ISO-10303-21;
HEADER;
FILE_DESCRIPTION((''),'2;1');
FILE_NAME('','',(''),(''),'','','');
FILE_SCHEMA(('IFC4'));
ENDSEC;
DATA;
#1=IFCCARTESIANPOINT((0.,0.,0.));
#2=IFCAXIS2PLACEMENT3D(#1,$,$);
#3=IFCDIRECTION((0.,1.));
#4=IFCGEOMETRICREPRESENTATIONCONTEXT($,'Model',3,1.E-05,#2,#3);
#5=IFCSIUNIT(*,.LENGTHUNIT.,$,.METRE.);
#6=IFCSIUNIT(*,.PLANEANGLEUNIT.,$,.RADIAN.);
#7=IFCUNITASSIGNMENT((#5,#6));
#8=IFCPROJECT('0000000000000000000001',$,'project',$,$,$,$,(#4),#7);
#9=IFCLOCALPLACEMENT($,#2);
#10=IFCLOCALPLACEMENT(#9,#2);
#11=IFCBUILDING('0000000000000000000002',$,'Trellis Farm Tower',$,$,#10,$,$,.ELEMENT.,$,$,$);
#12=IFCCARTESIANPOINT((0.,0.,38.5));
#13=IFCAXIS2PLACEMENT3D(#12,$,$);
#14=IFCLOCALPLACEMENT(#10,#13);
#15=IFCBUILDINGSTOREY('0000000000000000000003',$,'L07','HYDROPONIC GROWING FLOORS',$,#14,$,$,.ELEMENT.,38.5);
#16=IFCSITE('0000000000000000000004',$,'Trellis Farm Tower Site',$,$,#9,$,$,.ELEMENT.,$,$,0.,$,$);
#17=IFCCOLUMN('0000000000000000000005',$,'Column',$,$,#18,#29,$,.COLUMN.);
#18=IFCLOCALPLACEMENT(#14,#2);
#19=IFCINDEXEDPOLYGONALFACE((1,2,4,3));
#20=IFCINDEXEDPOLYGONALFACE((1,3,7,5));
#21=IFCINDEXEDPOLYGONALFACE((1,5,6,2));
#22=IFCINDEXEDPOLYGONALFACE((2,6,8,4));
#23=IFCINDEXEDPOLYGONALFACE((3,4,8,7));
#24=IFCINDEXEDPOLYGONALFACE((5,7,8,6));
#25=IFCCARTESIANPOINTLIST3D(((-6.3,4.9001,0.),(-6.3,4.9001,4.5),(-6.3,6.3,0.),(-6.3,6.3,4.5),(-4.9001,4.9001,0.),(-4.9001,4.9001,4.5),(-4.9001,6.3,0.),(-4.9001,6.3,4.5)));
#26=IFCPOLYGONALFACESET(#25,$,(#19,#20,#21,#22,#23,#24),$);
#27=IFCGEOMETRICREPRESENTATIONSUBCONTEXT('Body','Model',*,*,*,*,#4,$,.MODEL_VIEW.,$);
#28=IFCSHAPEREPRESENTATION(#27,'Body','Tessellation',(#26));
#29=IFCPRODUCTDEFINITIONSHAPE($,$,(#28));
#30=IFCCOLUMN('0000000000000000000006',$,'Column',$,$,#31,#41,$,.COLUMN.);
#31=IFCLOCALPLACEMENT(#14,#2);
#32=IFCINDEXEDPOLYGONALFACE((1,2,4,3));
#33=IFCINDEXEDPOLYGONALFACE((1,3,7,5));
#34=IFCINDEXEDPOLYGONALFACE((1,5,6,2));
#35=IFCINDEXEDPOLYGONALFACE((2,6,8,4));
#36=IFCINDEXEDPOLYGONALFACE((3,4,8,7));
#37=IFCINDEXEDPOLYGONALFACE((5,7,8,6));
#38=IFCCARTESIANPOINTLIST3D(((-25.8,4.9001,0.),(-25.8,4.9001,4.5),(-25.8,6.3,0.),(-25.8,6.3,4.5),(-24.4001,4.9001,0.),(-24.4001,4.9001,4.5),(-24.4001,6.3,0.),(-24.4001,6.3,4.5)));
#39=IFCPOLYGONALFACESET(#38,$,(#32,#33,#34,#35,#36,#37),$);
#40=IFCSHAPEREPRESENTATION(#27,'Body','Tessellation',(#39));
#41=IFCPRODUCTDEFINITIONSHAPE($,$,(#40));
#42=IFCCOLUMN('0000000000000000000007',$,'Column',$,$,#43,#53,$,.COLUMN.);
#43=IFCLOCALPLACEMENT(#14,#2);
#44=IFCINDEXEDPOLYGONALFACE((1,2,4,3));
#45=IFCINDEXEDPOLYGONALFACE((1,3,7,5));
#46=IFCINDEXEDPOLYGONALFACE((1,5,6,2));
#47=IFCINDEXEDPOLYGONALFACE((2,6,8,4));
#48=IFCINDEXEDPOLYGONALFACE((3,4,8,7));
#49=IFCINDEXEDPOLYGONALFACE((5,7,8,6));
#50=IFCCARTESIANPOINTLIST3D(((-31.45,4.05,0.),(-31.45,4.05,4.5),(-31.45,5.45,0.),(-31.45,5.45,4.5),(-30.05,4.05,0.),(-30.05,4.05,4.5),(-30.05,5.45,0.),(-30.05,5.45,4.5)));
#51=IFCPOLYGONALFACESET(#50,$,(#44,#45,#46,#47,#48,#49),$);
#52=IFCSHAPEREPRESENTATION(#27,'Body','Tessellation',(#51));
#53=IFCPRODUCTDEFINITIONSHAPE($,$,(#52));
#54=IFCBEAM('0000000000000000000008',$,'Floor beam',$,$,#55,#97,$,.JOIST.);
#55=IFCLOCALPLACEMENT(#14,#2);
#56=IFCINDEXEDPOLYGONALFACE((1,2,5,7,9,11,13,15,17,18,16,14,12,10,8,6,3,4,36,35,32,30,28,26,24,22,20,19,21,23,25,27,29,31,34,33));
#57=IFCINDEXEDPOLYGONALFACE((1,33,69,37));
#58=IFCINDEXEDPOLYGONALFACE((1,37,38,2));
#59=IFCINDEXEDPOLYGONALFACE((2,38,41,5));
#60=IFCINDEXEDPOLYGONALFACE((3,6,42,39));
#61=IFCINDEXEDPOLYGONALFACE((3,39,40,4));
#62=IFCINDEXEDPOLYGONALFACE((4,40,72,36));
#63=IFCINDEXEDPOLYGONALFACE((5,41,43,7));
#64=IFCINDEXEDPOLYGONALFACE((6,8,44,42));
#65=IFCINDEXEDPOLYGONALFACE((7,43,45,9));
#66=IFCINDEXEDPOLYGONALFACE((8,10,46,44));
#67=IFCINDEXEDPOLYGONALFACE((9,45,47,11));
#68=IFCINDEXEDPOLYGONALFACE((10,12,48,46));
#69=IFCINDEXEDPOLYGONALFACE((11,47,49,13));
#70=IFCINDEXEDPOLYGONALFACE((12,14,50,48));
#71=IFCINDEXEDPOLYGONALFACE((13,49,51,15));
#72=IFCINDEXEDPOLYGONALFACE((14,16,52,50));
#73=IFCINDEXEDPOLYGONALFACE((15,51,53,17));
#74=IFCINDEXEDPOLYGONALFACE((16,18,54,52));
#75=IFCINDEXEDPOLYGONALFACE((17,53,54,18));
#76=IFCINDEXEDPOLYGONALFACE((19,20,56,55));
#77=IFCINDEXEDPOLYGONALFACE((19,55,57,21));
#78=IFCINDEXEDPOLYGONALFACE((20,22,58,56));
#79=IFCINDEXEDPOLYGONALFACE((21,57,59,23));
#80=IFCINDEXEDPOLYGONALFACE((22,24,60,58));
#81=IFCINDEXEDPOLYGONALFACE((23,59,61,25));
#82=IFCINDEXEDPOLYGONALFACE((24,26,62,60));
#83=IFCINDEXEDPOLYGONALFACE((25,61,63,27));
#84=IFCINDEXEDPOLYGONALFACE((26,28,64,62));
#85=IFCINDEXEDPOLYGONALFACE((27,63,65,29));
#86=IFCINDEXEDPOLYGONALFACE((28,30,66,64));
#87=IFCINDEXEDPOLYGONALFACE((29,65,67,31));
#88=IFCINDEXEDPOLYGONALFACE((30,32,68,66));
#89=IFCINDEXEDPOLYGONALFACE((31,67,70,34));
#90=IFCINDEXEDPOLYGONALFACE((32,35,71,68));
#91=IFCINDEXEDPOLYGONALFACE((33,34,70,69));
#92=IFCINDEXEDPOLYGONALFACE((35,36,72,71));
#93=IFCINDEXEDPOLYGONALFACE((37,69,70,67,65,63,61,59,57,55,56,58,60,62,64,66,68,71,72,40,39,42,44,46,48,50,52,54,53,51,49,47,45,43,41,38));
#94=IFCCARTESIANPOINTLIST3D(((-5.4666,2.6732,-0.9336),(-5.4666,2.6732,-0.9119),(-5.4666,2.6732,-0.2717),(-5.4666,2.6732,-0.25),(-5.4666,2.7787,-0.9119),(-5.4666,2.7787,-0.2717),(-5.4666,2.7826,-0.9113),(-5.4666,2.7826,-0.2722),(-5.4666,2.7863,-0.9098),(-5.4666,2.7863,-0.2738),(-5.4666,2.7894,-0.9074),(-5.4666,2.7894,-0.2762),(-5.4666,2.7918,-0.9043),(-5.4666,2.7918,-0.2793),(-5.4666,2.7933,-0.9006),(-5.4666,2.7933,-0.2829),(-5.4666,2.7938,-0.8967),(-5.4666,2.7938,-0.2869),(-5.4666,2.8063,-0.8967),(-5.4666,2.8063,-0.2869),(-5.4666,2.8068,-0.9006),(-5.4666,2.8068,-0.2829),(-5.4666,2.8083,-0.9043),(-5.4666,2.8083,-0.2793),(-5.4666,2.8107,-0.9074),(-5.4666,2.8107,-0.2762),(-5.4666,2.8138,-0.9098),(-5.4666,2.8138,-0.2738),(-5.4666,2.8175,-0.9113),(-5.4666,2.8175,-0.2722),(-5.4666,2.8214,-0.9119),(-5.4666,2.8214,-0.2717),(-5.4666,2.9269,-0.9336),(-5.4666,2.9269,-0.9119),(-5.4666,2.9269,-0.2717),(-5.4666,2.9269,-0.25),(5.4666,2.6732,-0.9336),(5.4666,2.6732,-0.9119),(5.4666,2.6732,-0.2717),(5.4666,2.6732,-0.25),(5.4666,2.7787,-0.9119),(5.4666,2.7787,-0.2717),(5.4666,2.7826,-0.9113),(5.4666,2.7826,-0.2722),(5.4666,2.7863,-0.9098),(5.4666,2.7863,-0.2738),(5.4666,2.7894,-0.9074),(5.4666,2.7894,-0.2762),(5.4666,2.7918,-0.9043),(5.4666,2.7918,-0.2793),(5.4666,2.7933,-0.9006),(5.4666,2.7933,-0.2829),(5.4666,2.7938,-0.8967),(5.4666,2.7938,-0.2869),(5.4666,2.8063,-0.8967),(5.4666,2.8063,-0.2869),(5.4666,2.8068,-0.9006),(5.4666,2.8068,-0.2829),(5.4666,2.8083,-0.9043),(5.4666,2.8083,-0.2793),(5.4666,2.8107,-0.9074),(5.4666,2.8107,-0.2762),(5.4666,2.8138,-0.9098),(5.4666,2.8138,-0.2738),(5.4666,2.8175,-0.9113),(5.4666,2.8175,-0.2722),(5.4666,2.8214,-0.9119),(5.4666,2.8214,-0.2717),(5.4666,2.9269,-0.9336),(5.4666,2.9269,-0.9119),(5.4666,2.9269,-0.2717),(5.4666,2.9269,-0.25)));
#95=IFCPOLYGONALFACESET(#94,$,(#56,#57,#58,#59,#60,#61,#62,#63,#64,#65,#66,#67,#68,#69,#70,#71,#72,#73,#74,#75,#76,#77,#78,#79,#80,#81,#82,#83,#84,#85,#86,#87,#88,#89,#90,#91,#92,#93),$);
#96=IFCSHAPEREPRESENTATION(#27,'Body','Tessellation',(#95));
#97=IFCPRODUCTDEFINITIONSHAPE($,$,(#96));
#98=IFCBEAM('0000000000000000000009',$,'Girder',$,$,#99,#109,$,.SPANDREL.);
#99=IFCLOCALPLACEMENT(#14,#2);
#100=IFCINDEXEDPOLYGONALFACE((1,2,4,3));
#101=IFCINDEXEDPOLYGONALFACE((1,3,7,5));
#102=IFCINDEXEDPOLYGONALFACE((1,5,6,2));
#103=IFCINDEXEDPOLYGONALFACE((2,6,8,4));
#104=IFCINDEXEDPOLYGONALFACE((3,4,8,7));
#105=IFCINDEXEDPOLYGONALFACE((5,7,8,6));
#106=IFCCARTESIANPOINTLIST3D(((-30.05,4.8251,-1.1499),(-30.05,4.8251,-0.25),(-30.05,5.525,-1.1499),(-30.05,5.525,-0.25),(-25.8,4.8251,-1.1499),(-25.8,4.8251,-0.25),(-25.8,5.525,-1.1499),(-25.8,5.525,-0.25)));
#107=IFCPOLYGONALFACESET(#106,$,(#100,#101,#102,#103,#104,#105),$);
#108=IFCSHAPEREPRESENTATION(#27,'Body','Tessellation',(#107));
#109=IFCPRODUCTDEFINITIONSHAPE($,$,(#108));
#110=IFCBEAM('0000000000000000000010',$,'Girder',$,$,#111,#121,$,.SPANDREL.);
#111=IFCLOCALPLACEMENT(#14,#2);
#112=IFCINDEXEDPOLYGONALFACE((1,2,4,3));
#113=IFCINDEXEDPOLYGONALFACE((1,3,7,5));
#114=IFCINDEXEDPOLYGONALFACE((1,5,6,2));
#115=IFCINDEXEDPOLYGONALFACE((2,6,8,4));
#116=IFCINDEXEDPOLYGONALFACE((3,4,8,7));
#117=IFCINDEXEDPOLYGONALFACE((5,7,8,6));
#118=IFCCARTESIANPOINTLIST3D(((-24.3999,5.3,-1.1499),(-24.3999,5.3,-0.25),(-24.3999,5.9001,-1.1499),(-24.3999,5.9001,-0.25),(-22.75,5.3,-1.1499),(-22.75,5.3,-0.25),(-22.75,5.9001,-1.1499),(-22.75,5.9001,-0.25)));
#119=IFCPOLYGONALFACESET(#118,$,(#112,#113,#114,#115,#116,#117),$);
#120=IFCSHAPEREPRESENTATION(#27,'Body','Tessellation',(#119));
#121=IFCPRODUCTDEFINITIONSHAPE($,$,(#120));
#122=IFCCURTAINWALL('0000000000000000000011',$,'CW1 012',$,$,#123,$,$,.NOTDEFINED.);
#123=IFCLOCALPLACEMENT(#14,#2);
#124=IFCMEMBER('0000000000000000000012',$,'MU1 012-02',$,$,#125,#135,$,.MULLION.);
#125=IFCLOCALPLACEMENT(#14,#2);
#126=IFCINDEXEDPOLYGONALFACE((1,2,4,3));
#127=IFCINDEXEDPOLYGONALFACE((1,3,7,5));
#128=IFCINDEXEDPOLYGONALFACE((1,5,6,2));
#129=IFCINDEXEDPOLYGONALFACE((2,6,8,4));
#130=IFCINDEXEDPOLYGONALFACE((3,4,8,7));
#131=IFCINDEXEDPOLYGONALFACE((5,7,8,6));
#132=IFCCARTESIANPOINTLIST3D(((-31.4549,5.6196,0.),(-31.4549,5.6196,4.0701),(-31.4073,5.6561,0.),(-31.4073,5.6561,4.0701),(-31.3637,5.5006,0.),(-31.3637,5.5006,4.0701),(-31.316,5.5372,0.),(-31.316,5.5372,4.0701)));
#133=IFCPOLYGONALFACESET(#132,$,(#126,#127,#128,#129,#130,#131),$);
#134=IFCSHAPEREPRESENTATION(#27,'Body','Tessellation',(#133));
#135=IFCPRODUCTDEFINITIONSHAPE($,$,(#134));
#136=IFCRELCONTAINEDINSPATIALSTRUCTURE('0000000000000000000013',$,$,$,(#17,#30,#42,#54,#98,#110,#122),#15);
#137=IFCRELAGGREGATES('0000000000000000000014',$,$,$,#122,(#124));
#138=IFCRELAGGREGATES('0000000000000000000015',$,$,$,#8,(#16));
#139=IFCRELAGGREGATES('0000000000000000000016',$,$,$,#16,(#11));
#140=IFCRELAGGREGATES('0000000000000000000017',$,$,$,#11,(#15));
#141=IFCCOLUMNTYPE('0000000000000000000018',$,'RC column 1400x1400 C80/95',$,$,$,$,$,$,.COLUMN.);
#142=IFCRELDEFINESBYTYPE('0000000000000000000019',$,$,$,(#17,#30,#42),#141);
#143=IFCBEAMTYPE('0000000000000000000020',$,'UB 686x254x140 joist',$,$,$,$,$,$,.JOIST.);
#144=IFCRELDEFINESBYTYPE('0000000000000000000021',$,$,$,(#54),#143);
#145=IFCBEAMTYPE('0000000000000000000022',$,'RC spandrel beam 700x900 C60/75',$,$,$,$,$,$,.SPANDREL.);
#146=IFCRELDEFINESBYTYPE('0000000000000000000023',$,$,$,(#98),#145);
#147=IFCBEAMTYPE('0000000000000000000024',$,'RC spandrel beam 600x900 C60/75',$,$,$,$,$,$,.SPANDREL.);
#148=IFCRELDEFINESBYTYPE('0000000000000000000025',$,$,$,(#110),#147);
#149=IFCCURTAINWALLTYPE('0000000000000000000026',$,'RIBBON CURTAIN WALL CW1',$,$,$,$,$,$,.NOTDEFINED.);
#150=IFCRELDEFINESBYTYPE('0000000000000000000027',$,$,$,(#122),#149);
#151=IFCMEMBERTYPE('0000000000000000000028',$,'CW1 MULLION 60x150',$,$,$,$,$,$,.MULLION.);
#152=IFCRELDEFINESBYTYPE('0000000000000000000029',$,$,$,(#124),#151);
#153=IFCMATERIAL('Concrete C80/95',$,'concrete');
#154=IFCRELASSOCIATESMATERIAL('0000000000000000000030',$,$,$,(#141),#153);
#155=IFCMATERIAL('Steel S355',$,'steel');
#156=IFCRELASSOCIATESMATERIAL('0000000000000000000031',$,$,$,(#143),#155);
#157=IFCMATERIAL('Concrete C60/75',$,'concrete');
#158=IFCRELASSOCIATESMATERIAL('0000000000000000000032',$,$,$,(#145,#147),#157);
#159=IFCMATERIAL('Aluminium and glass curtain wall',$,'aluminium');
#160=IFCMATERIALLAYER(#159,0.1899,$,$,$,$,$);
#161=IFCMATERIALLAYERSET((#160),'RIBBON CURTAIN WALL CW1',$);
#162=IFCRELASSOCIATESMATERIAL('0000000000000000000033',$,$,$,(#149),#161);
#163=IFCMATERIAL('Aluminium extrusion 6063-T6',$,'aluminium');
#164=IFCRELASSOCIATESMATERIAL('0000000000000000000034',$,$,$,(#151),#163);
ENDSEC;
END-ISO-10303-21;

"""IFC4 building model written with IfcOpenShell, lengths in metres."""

from ifc_helpers import new_model, si_unit, direction, frame, origin, origin_2d, place, context, subcontext, project, spatial, rectangle, i_section, extrude, source, transform, mapped, material, layer, layer_set, material_profile, profile_set, type_object, element, aggregate, save


model = new_model("IFC4")

# Units and contexts
model_context = context("Model", 3, precision=1e-05, world=origin(), true_north=direction((0.0, 1.0)))
body_context = subcontext(model_context, "Body", "Model", "MODEL_VIEW")
ifc_project = project(units=[si_unit("LENGTHUNIT", "METRE"), si_unit("PLANEANGLEUNIT", "RADIAN")], contexts=[model_context])

# Site, building, storey
site_placement = place(None, origin())
site = spatial("IfcSite", under=ifc_project, at=site_placement, Name="Trellis Farm Tower Site", CompositionType="ELEMENT", RefElevation=0.0)
building_placement = place(site_placement, origin())
building = spatial("IfcBuilding", under=site, at=building_placement, Name="Trellis Farm Tower", CompositionType="ELEMENT")
storey_placement = place(building_placement, frame((0.0, 0.0, 38.5)))
storey = spatial("IfcBuildingStorey", under=building, at=storey_placement, Name="L07", Description="HYDROPONIC GROWING FLOORS", CompositionType="ELEMENT", Elevation=38.5)

# Columns
ifc_material_1 = material(Name="Concrete C80/95", Category="concrete")
ifc_material_profile_1 = material_profile(ifc_material_1, rectangle(XDim=1.3999, YDim=1.3999, at=origin_2d()), Name="RC column 1400x1400 C80/95")
ifc_profile_set_1 = profile_set([ifc_material_profile_1], Name="Concrete C80/95")
column_type = type_object("IfcColumnType", Name="RC column 1400x1400 C80/95", PredefinedType="COLUMN", material=ifc_profile_set_1)
shared_shape_1 = source(origin(), body_context, "Body", "SweptSolid", [
    extrude(rectangle(XDim=1.3999, YDim=1.3999, at=origin_2d()), origin(), (0.0, 0.0, 1.0), 4.5),
])
for number, where, z_axis, x_axis, name in (
    (1, (-5.6001, 5.6001, 0.0), (0.0, 0.0, 1.0), (1.0, 0.0, 0.0), "Column"),
    (2, (-25.1001, 5.6001, 0.0), (0.0, 0.0, 1.0), (1.0, 0.0, 0.0), "Column"),
    (3, (-30.75, 4.75, 0.0), (0.0, 0.0, 1.0), (1.0, 0.0, 0.0), "Column"),
):
    element("IfcColumn", number, at=place(storey_placement, frame(where, z_axis=z_axis, x_axis=x_axis)), inside=storey, type_object=column_type, Name=name, PredefinedType="COLUMN", context=body_context, shape_type="MappedRepresentation", body=[
        mapped(shared_shape_1, transform((0.0, 0.0, 0.0))),
    ])

# Beams
ifc_material_2 = material(Name="Steel S355", Category="steel")
ifc_material_profile_2 = material_profile(ifc_material_2, i_section(OverallWidth=0.2537, OverallDepth=0.6836, WebThickness=0.0125, FlangeThickness=0.0217, FilletRadius=0.0151, at=origin_2d()), Name="UB 686x254x140")
ifc_profile_set_2 = profile_set([ifc_material_profile_2], Name="Steel S355")
beam_type_1 = type_object("IfcBeamType", Name="UB 686x254x140 joist", PredefinedType="JOIST", material=ifc_profile_set_2)
shared_shape_2 = source(origin(), body_context, "Body", "SweptSolid", [
    extrude(i_section(OverallWidth=0.2537, OverallDepth=0.6836, WebThickness=0.0125, FlangeThickness=0.0217, FilletRadius=0.0151, at=origin_2d()), origin(), (0.0, 0.0, 1.0), 10.9331),
])
beam_1_placement = place(storey_placement, frame((-5.4666, 2.8, -0.5918), z_axis=(1.0, 0.0, 0.0), x_axis=(0.0, 1.0, 0.0)))
element("IfcBeam", 4, at=beam_1_placement, inside=storey, type_object=beam_type_1, Name="Floor beam", PredefinedType="JOIST", context=body_context, shape_type="MappedRepresentation", body=[
    mapped(shared_shape_2, transform((0.0, 0.0, 0.0))),
])
ifc_material_3 = material(Name="Concrete C60/75", Category="concrete")
ifc_material_profile_3 = material_profile(ifc_material_3, rectangle(XDim=0.7, YDim=0.8999, at=origin_2d()), Name="RC spandrel beam 700x900 C60/75")
ifc_profile_set_3 = profile_set([ifc_material_profile_3], Name="Concrete C60/75")
beam_type_2 = type_object("IfcBeamType", Name="RC spandrel beam 700x900 C60/75", PredefinedType="SPANDREL", material=ifc_profile_set_3)
shared_shape_3 = source(origin(), body_context, "Body", "SweptSolid", [
    extrude(rectangle(XDim=0.7, YDim=0.8999, at=origin_2d()), origin(), (0.0, 0.0, 1.0), 4.25),
])
beam_2_placement = place(storey_placement, frame((-30.05, 5.175, -0.7), z_axis=(1.0, 0.0, 0.0), x_axis=(0.0, 1.0, 0.0)))
element("IfcBeam", 5, at=beam_2_placement, inside=storey, type_object=beam_type_2, Name="Girder", PredefinedType="SPANDREL", context=body_context, shape_type="MappedRepresentation", body=[
    mapped(shared_shape_3, transform((0.0, 0.0, 0.0))),
])
ifc_material_profile_4 = material_profile(ifc_material_3, rectangle(XDim=0.6001, YDim=0.8999, at=origin_2d()), Name="RC spandrel beam 600x900 C60/75")
ifc_profile_set_4 = profile_set([ifc_material_profile_4], Name="Concrete C60/75")
beam_type_3 = type_object("IfcBeamType", Name="RC spandrel beam 600x900 C60/75", PredefinedType="SPANDREL", material=ifc_profile_set_4)
shared_shape_4 = source(origin(), body_context, "Body", "SweptSolid", [
    extrude(rectangle(XDim=0.6001, YDim=0.8999, at=origin_2d()), origin(), (0.0, 0.0, 1.0), 1.6499),
])
beam_3_placement = place(storey_placement, frame((-24.3999, 5.6001, -0.7), z_axis=(1.0, 0.0, 0.0), x_axis=(0.0, 1.0, 0.0)))
element("IfcBeam", 6, at=beam_3_placement, inside=storey, type_object=beam_type_3, Name="Girder", PredefinedType="SPANDREL", context=body_context, shape_type="MappedRepresentation", body=[
    mapped(shared_shape_4, transform((0.0, 0.0, 0.0))),
])

# Curtain wall, member
ifc_material_4 = material(Name="Aluminium and glass curtain wall", Category="aluminium")
ifc_layer_1 = layer(ifc_material_4, 0.1899)
ifc_layer_set_1 = layer_set([ifc_layer_1], Name="RIBBON CURTAIN WALL CW1")
curtain_wall_type = type_object("IfcCurtainWallType", Name="RIBBON CURTAIN WALL CW1", PredefinedType="NOTDEFINED", material=ifc_layer_set_1)
placement = place(storey_placement, origin())
curtain_wall = element("IfcCurtainWall", 7, at=placement, inside=storey, type_object=curtain_wall_type, Name="CW1 012", PredefinedType="NOTDEFINED")
ifc_material_5 = material(Name="Aluminium extrusion 6063-T6", Category="aluminium")
ifc_material_profile_5 = material_profile(ifc_material_5, rectangle(XDim=0.0601, YDim=0.1499, at=origin_2d()), Name="MULLION 60x150")
ifc_profile_set_5 = profile_set([ifc_material_profile_5], Name="Aluminium extrusion 6063-T6")
member_type = type_object("IfcMemberType", Name="CW1 MULLION 60x150", PredefinedType="MULLION", material=ifc_profile_set_5)
shared_shape_5 = source(origin(), body_context, "Body", "SweptSolid", [
    extrude(rectangle(XDim=0.0601, YDim=0.1499, at=origin_2d()), origin(), (0.0, 0.0, 1.0), 4.0701),
])
member_placement = place(storey_placement, frame((-31.3855, 5.5784, 0.0), z_axis=(0.0, 0.0, 1.0), x_axis=(-0.793353, -0.608761, 0.0)))
member = element("IfcMember", 8, at=member_placement, type_object=member_type, Name="MU1 012-02", PredefinedType="MULLION", context=body_context, shape_type="MappedRepresentation", body=[
    mapped(shared_shape_5, transform((0.0, 0.0, 0.0))),
])
aggregate(curtain_wall, [member])

save(model, "model.ifc")
